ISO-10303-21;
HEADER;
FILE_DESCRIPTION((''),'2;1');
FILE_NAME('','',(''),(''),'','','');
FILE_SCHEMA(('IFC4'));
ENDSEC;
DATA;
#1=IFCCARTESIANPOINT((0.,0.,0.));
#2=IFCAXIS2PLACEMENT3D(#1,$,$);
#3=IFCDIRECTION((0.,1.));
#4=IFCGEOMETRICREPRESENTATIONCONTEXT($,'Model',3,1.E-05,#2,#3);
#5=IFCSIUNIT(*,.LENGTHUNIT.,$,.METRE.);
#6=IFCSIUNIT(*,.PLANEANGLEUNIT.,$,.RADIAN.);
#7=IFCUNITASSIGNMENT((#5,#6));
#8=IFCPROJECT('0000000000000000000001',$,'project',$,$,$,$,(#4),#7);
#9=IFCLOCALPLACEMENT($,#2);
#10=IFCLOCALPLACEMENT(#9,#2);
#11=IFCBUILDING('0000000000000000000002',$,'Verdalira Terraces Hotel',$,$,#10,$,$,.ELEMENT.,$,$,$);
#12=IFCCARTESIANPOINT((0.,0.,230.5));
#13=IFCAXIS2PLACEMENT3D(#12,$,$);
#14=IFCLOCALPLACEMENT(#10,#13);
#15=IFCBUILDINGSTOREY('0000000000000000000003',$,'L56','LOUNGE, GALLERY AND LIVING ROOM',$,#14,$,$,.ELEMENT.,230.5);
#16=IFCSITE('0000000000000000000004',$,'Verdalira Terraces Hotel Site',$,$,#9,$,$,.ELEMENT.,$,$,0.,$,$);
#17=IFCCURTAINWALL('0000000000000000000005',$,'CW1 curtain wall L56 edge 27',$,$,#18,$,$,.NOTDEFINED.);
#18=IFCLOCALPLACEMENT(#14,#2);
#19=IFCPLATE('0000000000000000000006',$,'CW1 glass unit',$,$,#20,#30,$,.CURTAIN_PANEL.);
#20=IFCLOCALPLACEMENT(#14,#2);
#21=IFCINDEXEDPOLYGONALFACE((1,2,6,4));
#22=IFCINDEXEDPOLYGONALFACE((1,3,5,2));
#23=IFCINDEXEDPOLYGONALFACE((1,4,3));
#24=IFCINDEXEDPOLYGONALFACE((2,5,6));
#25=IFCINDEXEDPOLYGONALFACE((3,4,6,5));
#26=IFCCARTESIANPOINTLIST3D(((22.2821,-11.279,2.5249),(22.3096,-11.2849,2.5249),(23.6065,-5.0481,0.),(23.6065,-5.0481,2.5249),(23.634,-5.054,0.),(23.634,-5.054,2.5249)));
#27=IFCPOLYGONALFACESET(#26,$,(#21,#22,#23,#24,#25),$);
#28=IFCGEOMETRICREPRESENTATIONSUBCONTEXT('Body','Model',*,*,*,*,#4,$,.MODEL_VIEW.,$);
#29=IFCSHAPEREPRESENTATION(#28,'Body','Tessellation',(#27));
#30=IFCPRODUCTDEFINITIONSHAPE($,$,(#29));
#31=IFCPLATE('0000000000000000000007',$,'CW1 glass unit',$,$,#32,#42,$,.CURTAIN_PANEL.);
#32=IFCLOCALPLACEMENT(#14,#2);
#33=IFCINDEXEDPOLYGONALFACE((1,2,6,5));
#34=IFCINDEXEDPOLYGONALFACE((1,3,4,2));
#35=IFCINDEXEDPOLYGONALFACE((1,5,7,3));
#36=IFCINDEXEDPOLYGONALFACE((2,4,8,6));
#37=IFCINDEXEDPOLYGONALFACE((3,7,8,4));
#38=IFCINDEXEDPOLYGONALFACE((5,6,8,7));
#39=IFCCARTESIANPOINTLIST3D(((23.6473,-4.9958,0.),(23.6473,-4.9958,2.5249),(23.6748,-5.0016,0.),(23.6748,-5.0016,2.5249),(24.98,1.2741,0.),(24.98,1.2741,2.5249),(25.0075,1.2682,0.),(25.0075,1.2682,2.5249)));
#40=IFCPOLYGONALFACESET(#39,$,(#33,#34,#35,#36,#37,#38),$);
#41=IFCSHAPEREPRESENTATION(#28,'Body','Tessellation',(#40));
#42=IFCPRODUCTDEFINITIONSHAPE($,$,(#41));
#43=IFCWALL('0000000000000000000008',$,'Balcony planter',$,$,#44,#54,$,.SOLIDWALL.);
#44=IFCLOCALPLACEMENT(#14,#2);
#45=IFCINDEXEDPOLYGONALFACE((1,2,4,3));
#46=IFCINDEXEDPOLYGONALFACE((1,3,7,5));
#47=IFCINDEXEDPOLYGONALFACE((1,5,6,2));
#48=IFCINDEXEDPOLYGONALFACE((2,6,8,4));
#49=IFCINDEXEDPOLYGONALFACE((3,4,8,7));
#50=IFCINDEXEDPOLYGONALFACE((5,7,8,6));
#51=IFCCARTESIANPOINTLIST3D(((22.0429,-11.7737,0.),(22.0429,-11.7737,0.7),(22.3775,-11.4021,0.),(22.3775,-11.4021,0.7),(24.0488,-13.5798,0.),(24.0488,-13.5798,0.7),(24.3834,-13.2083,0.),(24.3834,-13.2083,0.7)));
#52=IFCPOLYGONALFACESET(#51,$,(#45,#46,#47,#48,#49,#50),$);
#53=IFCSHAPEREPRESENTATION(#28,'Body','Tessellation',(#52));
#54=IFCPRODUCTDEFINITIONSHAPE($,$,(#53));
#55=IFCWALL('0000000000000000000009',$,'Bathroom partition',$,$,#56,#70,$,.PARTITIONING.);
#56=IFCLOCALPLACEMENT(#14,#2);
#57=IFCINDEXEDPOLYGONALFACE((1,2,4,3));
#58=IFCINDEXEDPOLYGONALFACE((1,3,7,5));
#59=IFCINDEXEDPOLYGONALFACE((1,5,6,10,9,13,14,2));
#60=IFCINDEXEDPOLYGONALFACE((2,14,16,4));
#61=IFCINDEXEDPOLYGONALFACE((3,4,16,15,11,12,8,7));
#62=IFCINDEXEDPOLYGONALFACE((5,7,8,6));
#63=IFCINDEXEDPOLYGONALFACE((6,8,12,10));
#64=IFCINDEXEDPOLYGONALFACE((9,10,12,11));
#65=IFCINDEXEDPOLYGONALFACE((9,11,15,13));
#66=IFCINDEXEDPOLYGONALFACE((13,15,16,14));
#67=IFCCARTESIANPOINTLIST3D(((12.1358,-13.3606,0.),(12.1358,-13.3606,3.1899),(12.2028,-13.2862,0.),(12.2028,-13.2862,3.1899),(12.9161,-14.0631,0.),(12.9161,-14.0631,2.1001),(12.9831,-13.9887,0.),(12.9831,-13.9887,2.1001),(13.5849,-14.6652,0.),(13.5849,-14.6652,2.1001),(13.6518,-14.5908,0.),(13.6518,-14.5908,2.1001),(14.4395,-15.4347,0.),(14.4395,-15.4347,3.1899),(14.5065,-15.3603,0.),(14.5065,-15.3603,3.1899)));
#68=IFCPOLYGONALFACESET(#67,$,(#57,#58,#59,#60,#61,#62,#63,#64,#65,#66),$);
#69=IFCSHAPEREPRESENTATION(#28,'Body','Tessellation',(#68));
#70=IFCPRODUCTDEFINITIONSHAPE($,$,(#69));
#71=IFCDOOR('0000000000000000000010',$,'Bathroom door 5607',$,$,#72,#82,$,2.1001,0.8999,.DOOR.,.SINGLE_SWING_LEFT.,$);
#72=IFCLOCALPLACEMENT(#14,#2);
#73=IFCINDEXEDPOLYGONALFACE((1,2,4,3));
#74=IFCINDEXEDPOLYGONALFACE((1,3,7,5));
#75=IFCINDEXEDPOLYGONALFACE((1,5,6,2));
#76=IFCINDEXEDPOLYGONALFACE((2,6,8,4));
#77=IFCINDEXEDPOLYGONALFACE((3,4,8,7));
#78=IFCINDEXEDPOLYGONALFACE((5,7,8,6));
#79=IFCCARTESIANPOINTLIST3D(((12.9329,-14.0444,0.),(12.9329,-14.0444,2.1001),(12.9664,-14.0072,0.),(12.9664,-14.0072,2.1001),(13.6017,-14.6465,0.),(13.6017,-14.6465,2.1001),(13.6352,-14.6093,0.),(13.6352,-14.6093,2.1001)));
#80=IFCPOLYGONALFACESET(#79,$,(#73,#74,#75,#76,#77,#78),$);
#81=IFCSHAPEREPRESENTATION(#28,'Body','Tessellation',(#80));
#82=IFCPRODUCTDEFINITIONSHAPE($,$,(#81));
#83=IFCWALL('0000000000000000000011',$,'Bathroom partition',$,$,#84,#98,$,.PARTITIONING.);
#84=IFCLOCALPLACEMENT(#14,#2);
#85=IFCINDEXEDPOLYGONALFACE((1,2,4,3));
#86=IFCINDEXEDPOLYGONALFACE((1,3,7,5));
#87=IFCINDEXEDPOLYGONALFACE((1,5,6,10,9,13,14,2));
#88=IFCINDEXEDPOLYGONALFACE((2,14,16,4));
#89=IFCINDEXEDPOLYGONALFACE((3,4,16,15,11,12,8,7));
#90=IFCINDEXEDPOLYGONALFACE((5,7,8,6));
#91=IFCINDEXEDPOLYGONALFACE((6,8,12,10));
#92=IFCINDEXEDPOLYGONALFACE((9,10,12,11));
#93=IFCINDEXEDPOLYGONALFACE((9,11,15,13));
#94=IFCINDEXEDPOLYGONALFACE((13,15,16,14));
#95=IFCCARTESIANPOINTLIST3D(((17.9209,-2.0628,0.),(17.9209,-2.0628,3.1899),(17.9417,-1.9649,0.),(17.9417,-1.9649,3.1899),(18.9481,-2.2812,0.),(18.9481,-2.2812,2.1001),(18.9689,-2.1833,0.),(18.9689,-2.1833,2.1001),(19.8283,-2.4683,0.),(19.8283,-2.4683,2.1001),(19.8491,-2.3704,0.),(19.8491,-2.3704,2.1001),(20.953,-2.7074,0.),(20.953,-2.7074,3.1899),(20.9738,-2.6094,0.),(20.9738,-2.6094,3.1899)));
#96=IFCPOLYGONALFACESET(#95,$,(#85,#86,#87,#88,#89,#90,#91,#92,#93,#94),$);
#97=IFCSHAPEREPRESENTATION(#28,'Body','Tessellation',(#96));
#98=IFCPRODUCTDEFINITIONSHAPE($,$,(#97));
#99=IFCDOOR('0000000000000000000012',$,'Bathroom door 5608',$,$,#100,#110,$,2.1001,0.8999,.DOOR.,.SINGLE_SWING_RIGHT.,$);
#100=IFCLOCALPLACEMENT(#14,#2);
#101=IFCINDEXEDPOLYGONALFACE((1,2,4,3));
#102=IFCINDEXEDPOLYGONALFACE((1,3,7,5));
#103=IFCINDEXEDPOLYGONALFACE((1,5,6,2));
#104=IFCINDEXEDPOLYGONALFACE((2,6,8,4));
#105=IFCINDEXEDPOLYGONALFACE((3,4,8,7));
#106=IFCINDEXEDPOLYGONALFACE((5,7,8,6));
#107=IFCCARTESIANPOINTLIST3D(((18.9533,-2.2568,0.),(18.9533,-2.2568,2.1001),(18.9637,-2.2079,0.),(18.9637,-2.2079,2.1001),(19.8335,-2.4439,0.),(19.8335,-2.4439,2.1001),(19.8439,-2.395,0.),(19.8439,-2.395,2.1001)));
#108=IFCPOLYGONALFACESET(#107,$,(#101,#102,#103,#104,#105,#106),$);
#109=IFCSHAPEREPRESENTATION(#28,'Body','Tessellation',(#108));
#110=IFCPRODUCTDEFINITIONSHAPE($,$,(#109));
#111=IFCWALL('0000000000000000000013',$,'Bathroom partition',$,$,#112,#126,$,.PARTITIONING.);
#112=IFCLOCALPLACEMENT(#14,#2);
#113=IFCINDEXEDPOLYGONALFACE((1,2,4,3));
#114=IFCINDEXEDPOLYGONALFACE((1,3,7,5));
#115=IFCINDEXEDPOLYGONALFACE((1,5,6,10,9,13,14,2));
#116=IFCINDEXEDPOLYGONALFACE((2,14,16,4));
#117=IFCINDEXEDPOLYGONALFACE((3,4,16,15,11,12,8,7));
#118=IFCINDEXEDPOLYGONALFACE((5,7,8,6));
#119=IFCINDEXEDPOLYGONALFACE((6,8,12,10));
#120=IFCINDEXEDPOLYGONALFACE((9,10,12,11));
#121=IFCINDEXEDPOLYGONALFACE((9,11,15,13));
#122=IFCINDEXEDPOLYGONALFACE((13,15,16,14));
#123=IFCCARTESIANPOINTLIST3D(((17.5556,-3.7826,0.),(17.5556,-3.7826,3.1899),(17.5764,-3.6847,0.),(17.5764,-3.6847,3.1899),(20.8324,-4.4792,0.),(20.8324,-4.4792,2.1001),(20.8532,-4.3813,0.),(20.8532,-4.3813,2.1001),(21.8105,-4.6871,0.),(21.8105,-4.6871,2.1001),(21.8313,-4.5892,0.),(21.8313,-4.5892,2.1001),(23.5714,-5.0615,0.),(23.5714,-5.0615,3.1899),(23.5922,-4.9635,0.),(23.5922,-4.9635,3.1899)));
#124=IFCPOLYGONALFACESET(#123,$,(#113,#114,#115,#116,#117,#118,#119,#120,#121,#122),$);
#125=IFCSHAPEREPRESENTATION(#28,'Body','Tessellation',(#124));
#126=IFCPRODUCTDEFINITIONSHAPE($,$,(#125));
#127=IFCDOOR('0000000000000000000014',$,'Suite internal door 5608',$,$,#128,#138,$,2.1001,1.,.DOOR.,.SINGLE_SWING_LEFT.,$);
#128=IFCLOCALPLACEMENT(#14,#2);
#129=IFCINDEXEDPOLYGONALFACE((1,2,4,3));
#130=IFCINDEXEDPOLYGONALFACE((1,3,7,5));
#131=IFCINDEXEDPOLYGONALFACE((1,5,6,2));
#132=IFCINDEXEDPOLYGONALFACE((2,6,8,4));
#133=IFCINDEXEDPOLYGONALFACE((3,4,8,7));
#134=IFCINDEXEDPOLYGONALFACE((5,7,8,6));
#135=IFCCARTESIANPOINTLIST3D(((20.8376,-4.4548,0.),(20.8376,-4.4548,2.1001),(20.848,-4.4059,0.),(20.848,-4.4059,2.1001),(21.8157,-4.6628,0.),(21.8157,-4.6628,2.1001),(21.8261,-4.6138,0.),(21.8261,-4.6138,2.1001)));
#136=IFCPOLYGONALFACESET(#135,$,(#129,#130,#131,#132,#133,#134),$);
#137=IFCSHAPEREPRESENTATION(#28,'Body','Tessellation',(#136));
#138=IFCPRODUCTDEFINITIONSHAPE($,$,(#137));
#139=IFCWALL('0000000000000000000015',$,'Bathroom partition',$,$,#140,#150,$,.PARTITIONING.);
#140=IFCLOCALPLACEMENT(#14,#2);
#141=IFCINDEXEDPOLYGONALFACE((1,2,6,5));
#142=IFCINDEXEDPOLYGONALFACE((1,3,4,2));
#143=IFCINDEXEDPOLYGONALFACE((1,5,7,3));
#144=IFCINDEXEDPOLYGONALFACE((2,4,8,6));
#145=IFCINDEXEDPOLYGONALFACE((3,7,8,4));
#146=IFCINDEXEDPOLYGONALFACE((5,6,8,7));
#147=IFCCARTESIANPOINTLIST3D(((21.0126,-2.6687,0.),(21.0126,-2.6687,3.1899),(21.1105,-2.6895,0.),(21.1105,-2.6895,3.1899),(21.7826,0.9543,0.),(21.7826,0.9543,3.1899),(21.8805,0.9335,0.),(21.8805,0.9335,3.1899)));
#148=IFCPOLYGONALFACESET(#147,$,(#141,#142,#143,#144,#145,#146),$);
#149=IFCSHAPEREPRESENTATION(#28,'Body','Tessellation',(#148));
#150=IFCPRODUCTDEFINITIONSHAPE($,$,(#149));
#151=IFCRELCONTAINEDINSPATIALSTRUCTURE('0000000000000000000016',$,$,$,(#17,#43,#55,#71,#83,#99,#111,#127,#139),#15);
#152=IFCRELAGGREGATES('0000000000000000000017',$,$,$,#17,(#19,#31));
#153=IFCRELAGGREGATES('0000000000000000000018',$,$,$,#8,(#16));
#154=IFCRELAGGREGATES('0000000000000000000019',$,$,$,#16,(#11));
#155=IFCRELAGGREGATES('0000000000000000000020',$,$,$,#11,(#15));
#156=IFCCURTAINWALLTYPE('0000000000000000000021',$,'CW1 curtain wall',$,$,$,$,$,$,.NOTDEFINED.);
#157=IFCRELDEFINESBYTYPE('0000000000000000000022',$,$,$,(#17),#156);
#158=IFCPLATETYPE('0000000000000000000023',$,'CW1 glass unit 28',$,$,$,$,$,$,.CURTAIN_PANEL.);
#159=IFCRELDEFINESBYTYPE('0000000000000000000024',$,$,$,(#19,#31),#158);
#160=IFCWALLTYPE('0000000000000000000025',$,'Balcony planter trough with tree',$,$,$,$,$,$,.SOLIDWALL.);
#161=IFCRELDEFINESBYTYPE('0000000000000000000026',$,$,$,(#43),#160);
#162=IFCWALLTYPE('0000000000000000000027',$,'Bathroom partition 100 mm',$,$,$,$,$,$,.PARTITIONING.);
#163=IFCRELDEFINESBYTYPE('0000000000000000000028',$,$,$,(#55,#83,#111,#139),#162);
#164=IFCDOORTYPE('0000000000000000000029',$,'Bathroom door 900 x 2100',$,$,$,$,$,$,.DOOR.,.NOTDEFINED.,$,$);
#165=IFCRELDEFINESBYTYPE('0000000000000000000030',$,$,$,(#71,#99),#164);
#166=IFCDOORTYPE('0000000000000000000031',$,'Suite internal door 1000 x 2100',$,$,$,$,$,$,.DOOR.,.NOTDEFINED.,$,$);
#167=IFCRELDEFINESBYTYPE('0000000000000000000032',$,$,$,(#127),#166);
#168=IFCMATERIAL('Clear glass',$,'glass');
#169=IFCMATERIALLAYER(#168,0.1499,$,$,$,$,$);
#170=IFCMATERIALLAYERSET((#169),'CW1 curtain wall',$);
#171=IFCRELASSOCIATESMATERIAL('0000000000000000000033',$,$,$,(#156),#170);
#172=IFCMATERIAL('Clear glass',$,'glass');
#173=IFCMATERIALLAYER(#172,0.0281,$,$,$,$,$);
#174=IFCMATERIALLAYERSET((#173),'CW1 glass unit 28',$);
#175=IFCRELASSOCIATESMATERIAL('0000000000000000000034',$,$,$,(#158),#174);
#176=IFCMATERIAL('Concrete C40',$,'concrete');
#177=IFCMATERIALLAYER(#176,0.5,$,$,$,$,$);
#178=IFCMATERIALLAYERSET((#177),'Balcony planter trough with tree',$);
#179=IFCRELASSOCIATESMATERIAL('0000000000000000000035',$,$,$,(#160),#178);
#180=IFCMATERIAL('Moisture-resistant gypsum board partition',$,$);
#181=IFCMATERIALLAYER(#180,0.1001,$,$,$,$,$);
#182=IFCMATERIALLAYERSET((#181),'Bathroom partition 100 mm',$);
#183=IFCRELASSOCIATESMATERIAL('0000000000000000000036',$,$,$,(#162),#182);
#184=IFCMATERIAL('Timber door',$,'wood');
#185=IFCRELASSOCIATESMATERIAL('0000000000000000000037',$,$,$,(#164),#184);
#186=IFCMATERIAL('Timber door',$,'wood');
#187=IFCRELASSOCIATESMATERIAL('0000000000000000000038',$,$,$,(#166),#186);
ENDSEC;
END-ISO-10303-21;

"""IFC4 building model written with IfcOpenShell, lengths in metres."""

from ifc_helpers import new_model, si_unit, direction, frame, frame_2d, origin, origin_2d, place, context, subcontext, project, spatial, polyline, rectangle, outline, extrude, material, layer, layer_set, type_object, element, fill, aggregate, save


model = new_model("IFC4")

# Units and contexts
model_context = context("Model", 3, precision=1e-05, world=origin(), true_north=direction((0.0, 1.0)))
body_context = subcontext(model_context, "Body", "Model", "MODEL_VIEW")
ifc_project = project(units=[si_unit("LENGTHUNIT", "METRE"), si_unit("PLANEANGLEUNIT", "RADIAN")], contexts=[model_context])

# Site, building, storey
site_placement = place(None, origin())
site = spatial("IfcSite", under=ifc_project, at=site_placement, Name="Verdalira Terraces Hotel Site", CompositionType="ELEMENT", RefElevation=0.0)
building_placement = place(site_placement, origin())
building = spatial("IfcBuilding", under=site, at=building_placement, Name="Verdalira Terraces Hotel", CompositionType="ELEMENT")
storey_placement = place(building_placement, frame((0.0, 0.0, 230.5)))
storey = spatial("IfcBuildingStorey", under=building, at=storey_placement, Name="L56", Description="LOUNGE, GALLERY AND LIVING ROOM", CompositionType="ELEMENT", Elevation=230.5)

# Shared definitions
ifc_material_1 = material(Name="Clear glass", Category="glass")
ifc_layer_1 = layer(ifc_material_1, 0.1499)
ifc_layer_set_1 = layer_set([ifc_layer_1], Name="CW1 curtain wall")
curtain_wall_type = type_object("IfcCurtainWallType", Name="CW1 curtain wall", PredefinedType="NOTDEFINED", material=ifc_layer_set_1)

# Curtain wall
curtain_wall_1_placement = place(storey_placement, origin())
curtain_wall_1 = element("IfcCurtainWall", 1, at=curtain_wall_1_placement, inside=storey, type_object=curtain_wall_type, Name="CW1 curtain wall L56 edge 27", PredefinedType="NOTDEFINED")

# Plates
ifc_material_2 = material(Name="Clear glass", Category="glass")
ifc_layer_2 = layer(ifc_material_2, 0.0281)
ifc_layer_set_2 = layer_set([ifc_layer_2], Name="CW1 glass unit 28")
plate_type = type_object("IfcPlateType", Name="CW1 glass unit 28", PredefinedType="CURTAIN_PANEL", material=ifc_layer_set_2)
plate_1_placement = place(storey_placement, frame((22.9443, -8.1636, 1.2625), z_axis=(0.978148, -0.207912, 0.0), x_axis=(0.207912, 0.978148, 0.0)))
plate_1 = element("IfcPlate", 2, at=plate_1_placement, type_object=plate_type, Name="CW1 glass unit", PredefinedType="CURTAIN_PANEL", context=body_context, shape_type="SweptSolid", body=[
    extrude(outline(polyline([(3.1851, -1.2625), (3.1851, 1.2625), (-3.1851, 1.2625), (3.1851, -1.2625)])), origin(), (0.0, 0.0, 1.0), 0.0281),
])
plate_2_placement = place(storey_placement, frame((24.3274, -1.8638, 0.0), z_axis=(0.0, 0.0, 1.0), x_axis=(0.207912, 0.978148, 0.0)))
plate_2 = element("IfcPlate", 3, at=plate_2_placement, type_object=plate_type, Name="CW1 glass unit", PredefinedType="CURTAIN_PANEL", context=body_context, shape_type="SweptSolid", body=[
    extrude(rectangle(XDim=6.4099, YDim=0.0281, at=origin_2d()), origin(), (0.0, 0.0, 1.0), 2.5249),
])
aggregate(curtain_wall_1, [plate_1, plate_2])

# Wall
ifc_material_3 = material(Name="Concrete C40", Category="concrete")
ifc_layer_3 = layer(ifc_material_3, 0.5)
ifc_layer_set_3 = layer_set([ifc_layer_3], Name="Balcony planter trough with tree")
wall_type_1 = type_object("IfcWallType", Name="Balcony planter trough with tree", PredefinedType="SOLIDWALL", material=ifc_layer_set_3)
wall_1_placement = place(storey_placement, frame((24.2161, -13.394, 0.0), z_axis=(0.0, 0.0, 1.0), x_axis=(-0.743132, 0.669145, 0.0)))
element("IfcWall", 4, at=wall_1_placement, inside=storey, type_object=wall_type_1, Name="Balcony planter", PredefinedType="SOLIDWALL", context=body_context, shape_type="SweptSolid", body=[
    extrude(rectangle(XDim=2.6992, YDim=0.5, at=frame_2d((1.3496, 0.0))), origin(), (0.0, 0.0, 1.0), 0.7),
])

# Walls, openings, doors
ifc_material_4 = material(Name="Moisture-resistant gypsum board partition")
ifc_layer_4 = layer(ifc_material_4, 0.1001)
ifc_layer_set_4 = layer_set([ifc_layer_4], Name="Bathroom partition 100 mm")
wall_type_2 = type_object("IfcWallType", Name="Bathroom partition 100 mm", PredefinedType="PARTITIONING", material=ifc_layer_set_4)
wall_2_placement = place(storey_placement, frame((14.4729, -15.3975, 0.0), z_axis=(0.0, 0.0, 1.0), x_axis=(-0.743153, 0.669121, 0.0)))
wall_2 = element("IfcWall", 5, at=wall_2_placement, inside=storey, type_object=wall_type_2, Name="Bathroom partition", PredefinedType="PARTITIONING", context=body_context, shape_type="SweptSolid", body=[
    extrude(rectangle(XDim=3.0999, YDim=0.1001, at=frame_2d((1.5498, 0.0))), origin(), (0.0, 0.0, 1.0), 3.1899),
])
opening_1_placement = place(wall_2_placement, frame((1.1499, 0.0, 0.0)))
opening_1 = element("IfcOpeningElement", 6, at=opening_1_placement, cuts=wall_2, PredefinedType="OPENING", context=body_context, shape_type="SweptSolid", body=[
    extrude(rectangle(XDim=0.8999, YDim=2.1001, at=frame_2d((0.45, 1.05))), frame((0.0, 0.0601, 0.0), z_axis=(0.0, -1.0, 0.0), x_axis=(1.0, 0.0, 0.0)), (0.0, 0.0, 1.0), 0.1201),
])
ifc_material_5 = material(Name="Timber door", Category="wood")
door_type_1 = type_object("IfcDoorType", Name="Bathroom door 900 x 2100", OperationType="NOTDEFINED", PredefinedType="DOOR", material=ifc_material_5)
door_1_placement = place(opening_1_placement, origin())
door_1 = element("IfcDoor", 7, at=door_1_placement, inside=storey, type_object=door_type_1, Name="Bathroom door 5607", OperationType="SINGLE_SWING_LEFT", OverallHeight=2.1001, OverallWidth=0.8999, PredefinedType="DOOR", context=body_context, shape_type="SweptSolid", body=[
    extrude(rectangle(XDim=0.8999, YDim=2.1001, at=frame_2d((0.45, 1.05))), frame((0.0, 0.0249, 0.0), z_axis=(0.0, -1.0, 0.0), x_axis=(1.0, 0.0, 0.0)), (0.0, 0.0, 1.0), 0.05),
])
fill(opening_1, door_1)
wall_3_placement = place(storey_placement, frame((17.9314, -2.0139, 0.0), z_axis=(0.0, 0.0, 1.0), x_axis=(0.978147, -0.207915, 0.0)))
wall_3 = element("IfcWall", 8, at=wall_3_placement, inside=storey, type_object=wall_type_2, Name="Bathroom partition", PredefinedType="PARTITIONING", context=body_context, shape_type="SweptSolid", body=[
    extrude(rectangle(XDim=3.0999, YDim=0.1001, at=frame_2d((1.5498, 0.0))), origin(), (0.0, 0.0, 1.0), 3.1899),
])
opening_2_placement = place(wall_3_placement, frame((1.05, 0.0, 0.0)))
opening_2 = element("IfcOpeningElement", 9, at=opening_2_placement, cuts=wall_3, PredefinedType="OPENING", context=body_context, shape_type="SweptSolid", body=[
    extrude(rectangle(XDim=0.8999, YDim=2.1001, at=frame_2d((0.45, 1.05))), frame((0.0, 0.0601, 0.0), z_axis=(0.0, -1.0, 0.0), x_axis=(1.0, 0.0, 0.0)), (0.0, 0.0, 1.0), 0.1201),
])
door_2_placement = place(opening_2_placement, origin())
door_2 = element("IfcDoor", 10, at=door_2_placement, inside=storey, type_object=door_type_1, Name="Bathroom door 5608", OperationType="SINGLE_SWING_RIGHT", OverallHeight=2.1001, OverallWidth=0.8999, PredefinedType="DOOR", context=body_context, shape_type="SweptSolid", body=[
    extrude(rectangle(XDim=0.8999, YDim=2.1001, at=frame_2d((0.45, 1.05))), frame((0.0, 0.0249, 0.0), z_axis=(0.0, -1.0, 0.0), x_axis=(1.0, 0.0, 0.0)), (0.0, 0.0, 1.0), 0.05),
])
fill(opening_2, door_2)
wall_4_placement = place(storey_placement, frame((17.5659, -3.7336, 0.0), z_axis=(0.0, 0.0, 1.0), x_axis=(0.978143, -0.207935, 0.0)))
wall_4 = element("IfcWall", 11, at=wall_4_placement, inside=storey, type_object=wall_type_2, Name="Bathroom partition", PredefinedType="PARTITIONING", context=body_context, shape_type="SweptSolid", body=[
    extrude(rectangle(XDim=6.1501, YDim=0.1001, at=frame_2d((3.0752, 0.0))), origin(), (0.0, 0.0, 1.0), 3.1899),
])
opening_3_placement = place(wall_4_placement, frame((3.3501, 0.0, 0.0)))
opening_3 = element("IfcOpeningElement", 12, at=opening_3_placement, cuts=wall_4, PredefinedType="OPENING", context=body_context, shape_type="SweptSolid", body=[
    extrude(rectangle(XDim=1.0, YDim=2.1001, at=frame_2d((0.5, 1.05))), frame((0.0, 0.0601, 0.0), z_axis=(0.0, -1.0, 0.0), x_axis=(1.0, 0.0, 0.0)), (0.0, 0.0, 1.0), 0.1201),
])
ifc_material_6 = material(Name="Timber door", Category="wood")
door_type_2 = type_object("IfcDoorType", Name="Suite internal door 1000 x 2100", OperationType="NOTDEFINED", PredefinedType="DOOR", material=ifc_material_6)
door_3_placement = place(opening_3_placement, origin())
door_3 = element("IfcDoor", 13, at=door_3_placement, inside=storey, type_object=door_type_2, Name="Suite internal door 5608", OperationType="SINGLE_SWING_LEFT", OverallHeight=2.1001, OverallWidth=1.0, PredefinedType="DOOR", context=body_context, shape_type="SweptSolid", body=[
    extrude(rectangle(XDim=1.0, YDim=2.1001, at=frame_2d((0.5, 1.05))), frame((0.0, 0.0249, 0.0), z_axis=(0.0, -1.0, 0.0), x_axis=(1.0, 0.0, 0.0)), (0.0, 0.0, 1.0), 0.05),
])
fill(opening_3, door_3)

# Wall
wall_5_placement = place(storey_placement, frame((21.0615, -2.6792, 0.0), z_axis=(0.0, 0.0, 1.0), x_axis=(0.20789, 0.978152, 0.0)))
element("IfcWall", 14, at=wall_5_placement, inside=storey, type_object=wall_type_2, Name="Bathroom partition", PredefinedType="PARTITIONING", context=body_context, shape_type="SweptSolid", body=[
    extrude(rectangle(XDim=3.7039, YDim=0.1001, at=frame_2d((1.8521, 0.0))), origin(), (0.0, 0.0, 1.0), 3.1899),
])

save(model, "model.ifc")
